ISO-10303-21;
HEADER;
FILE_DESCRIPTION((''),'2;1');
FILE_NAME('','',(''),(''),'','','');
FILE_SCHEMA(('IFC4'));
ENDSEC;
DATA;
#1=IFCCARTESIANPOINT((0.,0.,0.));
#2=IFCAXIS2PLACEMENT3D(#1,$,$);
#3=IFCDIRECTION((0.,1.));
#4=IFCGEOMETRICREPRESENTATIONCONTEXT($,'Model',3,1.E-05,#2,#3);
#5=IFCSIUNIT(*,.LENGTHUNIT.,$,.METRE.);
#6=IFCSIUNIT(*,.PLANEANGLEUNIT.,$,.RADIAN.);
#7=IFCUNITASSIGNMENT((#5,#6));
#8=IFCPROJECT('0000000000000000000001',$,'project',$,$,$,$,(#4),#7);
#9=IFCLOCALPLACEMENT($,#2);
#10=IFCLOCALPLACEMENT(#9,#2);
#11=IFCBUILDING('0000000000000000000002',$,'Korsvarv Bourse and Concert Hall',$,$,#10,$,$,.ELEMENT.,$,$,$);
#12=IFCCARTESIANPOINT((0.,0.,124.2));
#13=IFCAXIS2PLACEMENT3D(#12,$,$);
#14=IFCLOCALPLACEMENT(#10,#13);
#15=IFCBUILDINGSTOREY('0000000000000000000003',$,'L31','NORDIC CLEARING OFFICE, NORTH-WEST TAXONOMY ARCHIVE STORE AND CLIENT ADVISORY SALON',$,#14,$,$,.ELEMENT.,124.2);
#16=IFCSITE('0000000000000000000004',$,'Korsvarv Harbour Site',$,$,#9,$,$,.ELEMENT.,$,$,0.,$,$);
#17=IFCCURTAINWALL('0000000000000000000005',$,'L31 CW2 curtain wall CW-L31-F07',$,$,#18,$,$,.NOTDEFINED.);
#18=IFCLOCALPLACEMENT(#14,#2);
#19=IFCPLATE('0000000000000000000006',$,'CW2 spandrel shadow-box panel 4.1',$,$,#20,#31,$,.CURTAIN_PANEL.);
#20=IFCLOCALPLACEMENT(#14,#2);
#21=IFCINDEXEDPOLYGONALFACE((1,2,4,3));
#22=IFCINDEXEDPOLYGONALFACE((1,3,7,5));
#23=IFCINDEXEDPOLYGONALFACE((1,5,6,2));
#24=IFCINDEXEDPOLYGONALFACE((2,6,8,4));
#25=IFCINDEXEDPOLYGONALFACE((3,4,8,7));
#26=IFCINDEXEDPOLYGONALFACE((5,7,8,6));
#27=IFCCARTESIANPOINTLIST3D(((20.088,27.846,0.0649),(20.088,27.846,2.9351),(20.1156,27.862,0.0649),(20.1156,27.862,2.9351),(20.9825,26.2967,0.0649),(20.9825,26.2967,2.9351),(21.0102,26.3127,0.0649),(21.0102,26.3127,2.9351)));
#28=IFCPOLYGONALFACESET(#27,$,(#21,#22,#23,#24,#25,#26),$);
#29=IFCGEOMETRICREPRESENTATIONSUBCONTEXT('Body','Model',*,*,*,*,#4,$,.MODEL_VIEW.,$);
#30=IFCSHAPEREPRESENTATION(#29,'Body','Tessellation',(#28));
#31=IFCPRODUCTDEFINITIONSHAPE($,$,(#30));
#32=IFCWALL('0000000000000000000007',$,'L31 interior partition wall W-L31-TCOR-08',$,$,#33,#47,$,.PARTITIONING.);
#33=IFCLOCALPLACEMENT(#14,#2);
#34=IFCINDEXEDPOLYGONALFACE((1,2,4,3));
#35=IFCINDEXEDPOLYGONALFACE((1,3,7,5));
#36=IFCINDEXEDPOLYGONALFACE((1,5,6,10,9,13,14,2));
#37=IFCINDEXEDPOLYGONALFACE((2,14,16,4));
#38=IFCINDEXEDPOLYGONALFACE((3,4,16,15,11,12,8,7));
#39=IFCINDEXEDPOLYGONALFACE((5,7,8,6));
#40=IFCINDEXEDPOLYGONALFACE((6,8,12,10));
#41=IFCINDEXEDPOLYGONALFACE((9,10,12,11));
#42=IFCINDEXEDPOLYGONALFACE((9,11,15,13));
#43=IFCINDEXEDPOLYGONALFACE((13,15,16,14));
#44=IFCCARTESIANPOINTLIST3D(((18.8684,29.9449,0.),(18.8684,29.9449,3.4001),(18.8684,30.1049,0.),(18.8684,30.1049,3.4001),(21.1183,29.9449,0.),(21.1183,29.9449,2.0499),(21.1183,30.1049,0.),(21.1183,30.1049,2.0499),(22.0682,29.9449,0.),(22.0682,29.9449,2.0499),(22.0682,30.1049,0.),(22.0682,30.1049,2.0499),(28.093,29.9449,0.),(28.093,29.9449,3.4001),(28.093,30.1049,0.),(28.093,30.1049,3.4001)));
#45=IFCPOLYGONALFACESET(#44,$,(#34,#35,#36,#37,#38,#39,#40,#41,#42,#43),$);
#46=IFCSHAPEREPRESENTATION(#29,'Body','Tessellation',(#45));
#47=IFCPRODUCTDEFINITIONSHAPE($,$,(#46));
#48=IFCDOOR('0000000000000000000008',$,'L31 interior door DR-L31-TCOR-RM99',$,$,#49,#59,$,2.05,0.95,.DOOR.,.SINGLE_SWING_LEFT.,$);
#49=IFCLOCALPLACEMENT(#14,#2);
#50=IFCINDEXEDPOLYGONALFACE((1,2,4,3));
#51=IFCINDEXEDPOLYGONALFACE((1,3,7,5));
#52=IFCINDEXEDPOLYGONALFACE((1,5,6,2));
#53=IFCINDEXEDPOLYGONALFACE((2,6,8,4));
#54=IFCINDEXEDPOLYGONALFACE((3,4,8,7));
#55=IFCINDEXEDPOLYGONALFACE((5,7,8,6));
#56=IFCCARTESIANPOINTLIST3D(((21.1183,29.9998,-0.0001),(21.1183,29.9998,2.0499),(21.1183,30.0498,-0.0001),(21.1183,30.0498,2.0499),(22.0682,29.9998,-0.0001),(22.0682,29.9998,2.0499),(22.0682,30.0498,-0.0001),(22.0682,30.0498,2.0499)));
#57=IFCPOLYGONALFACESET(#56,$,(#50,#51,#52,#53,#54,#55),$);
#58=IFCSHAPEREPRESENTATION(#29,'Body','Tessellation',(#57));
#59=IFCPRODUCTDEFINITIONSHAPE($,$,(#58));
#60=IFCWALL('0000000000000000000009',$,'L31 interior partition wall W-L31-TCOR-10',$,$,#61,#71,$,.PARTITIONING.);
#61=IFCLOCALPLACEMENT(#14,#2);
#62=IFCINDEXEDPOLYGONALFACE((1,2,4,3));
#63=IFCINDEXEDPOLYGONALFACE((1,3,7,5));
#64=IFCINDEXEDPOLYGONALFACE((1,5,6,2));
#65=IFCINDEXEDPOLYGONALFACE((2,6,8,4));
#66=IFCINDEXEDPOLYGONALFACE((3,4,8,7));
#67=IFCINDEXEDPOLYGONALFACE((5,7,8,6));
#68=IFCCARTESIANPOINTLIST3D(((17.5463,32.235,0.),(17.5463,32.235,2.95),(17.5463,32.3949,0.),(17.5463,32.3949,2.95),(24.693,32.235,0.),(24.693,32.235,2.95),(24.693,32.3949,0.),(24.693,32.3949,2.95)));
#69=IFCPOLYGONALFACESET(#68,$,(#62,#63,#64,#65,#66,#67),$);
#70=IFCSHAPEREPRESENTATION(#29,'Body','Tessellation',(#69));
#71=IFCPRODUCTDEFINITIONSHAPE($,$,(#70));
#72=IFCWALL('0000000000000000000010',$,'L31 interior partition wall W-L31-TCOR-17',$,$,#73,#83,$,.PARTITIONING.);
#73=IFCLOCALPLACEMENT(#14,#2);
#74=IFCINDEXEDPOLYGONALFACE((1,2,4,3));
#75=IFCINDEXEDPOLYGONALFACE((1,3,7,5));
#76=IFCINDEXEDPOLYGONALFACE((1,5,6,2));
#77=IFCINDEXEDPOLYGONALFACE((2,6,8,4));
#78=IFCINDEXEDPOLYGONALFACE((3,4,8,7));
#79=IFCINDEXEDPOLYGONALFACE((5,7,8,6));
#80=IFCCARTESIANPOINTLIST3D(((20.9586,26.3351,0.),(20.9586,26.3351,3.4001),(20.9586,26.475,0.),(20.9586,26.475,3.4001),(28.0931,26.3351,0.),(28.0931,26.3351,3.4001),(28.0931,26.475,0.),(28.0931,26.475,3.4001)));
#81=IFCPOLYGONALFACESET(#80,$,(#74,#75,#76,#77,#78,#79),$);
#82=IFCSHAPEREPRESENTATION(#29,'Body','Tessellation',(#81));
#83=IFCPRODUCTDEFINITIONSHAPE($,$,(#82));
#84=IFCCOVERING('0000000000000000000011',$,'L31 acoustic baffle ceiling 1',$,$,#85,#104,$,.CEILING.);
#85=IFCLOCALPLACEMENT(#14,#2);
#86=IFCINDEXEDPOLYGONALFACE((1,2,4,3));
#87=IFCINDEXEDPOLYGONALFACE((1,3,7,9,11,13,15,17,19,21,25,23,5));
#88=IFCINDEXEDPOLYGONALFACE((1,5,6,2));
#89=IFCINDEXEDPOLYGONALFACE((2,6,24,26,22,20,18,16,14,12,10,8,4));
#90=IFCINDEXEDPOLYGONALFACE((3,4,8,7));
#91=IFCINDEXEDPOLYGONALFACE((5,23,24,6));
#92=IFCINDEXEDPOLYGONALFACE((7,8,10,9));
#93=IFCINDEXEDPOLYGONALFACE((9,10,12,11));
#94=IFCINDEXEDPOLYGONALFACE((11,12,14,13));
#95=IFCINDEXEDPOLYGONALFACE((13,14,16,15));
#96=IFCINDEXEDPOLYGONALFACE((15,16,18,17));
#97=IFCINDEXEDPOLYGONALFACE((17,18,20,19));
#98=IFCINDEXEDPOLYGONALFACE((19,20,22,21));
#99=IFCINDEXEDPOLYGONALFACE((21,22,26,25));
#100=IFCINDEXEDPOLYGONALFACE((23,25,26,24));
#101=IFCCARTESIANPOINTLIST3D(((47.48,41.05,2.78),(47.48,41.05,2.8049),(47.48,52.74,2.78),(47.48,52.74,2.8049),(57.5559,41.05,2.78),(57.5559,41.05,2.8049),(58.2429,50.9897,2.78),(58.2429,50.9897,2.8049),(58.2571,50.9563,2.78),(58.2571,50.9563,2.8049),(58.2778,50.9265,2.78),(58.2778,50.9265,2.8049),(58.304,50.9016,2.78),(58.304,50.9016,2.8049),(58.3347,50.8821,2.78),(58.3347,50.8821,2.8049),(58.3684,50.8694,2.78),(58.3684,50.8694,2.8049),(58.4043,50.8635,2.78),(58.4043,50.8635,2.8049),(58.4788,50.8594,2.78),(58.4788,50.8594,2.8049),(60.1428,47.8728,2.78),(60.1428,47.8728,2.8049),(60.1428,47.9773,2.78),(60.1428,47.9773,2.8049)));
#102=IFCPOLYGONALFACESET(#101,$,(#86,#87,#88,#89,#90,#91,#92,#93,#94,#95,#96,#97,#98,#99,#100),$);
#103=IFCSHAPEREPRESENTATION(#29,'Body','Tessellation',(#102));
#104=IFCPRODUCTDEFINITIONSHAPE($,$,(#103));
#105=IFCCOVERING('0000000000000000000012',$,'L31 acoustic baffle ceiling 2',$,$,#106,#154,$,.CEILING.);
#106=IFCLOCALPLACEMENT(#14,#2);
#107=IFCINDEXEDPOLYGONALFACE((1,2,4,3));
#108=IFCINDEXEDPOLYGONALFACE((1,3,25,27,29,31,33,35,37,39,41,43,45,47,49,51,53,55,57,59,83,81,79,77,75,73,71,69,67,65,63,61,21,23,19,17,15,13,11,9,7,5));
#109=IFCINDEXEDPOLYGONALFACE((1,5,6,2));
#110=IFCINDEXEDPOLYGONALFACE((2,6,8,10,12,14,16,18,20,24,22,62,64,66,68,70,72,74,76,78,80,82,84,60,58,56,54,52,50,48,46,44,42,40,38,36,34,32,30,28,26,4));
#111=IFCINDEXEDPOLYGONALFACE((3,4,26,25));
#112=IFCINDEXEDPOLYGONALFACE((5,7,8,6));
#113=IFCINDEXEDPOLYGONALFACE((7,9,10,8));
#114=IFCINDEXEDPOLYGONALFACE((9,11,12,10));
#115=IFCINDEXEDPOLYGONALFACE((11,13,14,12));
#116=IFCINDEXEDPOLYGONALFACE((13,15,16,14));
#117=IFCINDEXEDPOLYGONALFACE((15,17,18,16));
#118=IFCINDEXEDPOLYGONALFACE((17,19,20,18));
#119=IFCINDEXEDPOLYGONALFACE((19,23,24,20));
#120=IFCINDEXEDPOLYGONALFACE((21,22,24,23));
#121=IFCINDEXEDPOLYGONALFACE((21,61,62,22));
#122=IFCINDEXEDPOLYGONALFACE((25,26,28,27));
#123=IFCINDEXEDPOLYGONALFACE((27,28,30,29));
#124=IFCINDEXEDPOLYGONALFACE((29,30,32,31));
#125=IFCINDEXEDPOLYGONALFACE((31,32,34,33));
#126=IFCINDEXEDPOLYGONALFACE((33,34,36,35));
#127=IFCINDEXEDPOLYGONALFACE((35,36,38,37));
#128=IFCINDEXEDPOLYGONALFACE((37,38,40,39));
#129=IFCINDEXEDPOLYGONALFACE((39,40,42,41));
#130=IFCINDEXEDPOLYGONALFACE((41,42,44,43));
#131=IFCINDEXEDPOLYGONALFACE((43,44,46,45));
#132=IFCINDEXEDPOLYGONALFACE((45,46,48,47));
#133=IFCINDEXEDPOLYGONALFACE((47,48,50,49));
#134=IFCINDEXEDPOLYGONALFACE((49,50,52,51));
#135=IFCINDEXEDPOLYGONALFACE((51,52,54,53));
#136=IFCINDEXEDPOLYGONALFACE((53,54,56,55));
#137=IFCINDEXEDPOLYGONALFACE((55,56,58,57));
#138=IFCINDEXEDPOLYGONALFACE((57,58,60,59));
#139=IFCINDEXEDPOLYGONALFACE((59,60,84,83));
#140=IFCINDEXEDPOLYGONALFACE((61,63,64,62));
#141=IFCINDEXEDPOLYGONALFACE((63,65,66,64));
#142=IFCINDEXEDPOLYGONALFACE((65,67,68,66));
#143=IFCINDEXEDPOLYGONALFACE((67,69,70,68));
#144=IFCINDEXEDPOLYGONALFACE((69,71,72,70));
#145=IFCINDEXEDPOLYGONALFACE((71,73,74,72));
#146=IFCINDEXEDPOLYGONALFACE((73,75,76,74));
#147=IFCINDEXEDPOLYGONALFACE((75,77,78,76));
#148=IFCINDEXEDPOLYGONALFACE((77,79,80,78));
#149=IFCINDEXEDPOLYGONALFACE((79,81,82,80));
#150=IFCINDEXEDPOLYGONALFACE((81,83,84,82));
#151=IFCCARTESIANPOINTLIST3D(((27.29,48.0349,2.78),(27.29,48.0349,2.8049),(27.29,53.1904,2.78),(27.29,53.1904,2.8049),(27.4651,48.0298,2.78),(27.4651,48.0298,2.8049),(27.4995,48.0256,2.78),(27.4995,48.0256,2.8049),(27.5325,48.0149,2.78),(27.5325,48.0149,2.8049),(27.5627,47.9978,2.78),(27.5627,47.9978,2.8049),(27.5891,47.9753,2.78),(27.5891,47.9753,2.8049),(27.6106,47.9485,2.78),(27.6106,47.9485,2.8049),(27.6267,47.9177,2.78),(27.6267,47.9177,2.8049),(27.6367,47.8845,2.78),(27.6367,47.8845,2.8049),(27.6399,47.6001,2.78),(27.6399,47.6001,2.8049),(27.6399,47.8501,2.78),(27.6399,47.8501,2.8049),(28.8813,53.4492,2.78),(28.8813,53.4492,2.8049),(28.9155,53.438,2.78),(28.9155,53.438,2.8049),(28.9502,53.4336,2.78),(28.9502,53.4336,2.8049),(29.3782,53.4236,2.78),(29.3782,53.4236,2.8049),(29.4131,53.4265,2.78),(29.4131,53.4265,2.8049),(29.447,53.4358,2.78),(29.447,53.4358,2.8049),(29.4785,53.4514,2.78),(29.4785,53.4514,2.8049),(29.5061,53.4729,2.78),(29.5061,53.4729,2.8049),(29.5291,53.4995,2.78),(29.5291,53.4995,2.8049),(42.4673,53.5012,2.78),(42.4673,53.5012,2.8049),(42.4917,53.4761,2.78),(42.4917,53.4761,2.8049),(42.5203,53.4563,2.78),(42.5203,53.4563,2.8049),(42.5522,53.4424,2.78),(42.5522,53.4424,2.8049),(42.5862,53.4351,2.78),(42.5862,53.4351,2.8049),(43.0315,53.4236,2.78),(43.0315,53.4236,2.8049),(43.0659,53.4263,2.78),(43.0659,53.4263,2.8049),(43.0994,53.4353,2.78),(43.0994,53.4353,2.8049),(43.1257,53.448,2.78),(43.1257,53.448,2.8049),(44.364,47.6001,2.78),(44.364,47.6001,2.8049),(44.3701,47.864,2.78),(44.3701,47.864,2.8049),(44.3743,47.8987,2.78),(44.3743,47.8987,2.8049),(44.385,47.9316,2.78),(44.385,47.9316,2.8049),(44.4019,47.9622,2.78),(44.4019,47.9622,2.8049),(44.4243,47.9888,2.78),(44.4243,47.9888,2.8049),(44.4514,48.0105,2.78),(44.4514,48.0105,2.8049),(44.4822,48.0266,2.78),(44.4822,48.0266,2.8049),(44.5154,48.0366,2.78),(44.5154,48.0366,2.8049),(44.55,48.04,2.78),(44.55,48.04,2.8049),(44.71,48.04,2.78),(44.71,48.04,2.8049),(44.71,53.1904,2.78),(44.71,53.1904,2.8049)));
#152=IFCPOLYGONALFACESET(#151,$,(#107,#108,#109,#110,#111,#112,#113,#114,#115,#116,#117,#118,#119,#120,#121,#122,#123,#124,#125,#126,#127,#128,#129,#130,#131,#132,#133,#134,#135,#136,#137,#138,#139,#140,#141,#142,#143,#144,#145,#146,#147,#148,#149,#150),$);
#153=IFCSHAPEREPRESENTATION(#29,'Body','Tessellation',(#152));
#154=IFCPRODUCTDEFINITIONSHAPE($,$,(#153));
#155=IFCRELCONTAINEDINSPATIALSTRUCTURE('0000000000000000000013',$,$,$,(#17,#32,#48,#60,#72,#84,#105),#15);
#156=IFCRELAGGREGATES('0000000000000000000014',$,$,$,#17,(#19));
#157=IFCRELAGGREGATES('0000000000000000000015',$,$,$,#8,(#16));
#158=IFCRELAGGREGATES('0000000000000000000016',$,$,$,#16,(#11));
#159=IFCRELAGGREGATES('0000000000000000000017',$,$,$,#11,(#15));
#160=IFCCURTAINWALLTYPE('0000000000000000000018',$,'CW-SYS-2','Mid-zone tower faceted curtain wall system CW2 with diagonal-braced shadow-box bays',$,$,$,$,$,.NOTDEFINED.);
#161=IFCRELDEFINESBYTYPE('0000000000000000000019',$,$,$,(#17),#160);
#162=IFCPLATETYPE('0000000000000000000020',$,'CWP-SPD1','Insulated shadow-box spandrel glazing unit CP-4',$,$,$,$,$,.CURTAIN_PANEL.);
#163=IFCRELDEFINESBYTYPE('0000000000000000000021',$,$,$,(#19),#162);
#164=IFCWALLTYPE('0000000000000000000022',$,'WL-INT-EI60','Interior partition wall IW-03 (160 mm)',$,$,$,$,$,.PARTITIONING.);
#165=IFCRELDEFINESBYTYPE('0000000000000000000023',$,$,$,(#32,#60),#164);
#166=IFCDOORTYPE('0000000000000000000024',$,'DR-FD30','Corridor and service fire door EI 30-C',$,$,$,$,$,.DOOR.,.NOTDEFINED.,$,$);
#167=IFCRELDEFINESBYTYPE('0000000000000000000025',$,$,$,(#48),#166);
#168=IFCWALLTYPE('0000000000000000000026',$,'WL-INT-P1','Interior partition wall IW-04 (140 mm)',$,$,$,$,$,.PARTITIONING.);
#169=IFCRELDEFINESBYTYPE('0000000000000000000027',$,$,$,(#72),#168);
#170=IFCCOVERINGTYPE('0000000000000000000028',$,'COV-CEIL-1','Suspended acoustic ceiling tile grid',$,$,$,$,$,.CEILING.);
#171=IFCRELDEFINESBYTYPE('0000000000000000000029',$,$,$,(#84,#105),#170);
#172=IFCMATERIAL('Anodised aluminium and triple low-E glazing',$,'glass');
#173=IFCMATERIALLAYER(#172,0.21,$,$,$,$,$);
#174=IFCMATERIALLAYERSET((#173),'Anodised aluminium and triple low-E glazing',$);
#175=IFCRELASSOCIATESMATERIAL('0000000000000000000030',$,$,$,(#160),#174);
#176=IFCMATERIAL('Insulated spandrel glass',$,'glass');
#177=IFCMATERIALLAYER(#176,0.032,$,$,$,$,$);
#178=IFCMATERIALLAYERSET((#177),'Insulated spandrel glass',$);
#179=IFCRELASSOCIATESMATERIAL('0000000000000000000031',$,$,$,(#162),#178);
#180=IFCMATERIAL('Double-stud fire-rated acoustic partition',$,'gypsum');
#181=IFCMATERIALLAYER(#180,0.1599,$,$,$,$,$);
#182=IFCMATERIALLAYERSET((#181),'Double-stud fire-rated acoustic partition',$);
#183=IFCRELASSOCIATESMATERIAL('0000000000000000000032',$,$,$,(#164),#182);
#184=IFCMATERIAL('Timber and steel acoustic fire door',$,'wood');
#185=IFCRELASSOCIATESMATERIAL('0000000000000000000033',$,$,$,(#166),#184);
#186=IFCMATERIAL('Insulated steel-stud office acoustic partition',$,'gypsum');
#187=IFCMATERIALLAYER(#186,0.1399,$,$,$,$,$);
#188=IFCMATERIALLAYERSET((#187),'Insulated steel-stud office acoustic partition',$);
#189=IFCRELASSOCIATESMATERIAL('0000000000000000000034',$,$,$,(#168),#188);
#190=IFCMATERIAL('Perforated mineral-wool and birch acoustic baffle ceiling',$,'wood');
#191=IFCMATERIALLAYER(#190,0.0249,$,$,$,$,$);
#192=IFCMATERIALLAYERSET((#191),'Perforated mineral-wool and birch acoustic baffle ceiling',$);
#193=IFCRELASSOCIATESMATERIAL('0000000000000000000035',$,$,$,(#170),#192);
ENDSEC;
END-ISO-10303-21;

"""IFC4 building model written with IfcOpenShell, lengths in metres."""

from ifc_helpers import new_model, si_unit, direction, frame, frame_2d, origin, origin_2d, place, context, subcontext, project, spatial, polyline, rectangle, outline, extrude, source, transform, mapped, material, layer, layer_set, type_object, element, fill, aggregate, save


model = new_model("IFC4")

# Units and contexts
model_context = context("Model", 3, precision=1e-05, world=origin(), true_north=direction((0.0, 1.0)))
body_context = subcontext(model_context, "Body", "Model", "MODEL_VIEW")
ifc_project = project(units=[si_unit("LENGTHUNIT", "METRE"), si_unit("PLANEANGLEUNIT", "RADIAN")], contexts=[model_context])

# Site, building, storey
site_placement = place(None, origin())
site = spatial("IfcSite", under=ifc_project, at=site_placement, Name="Korsvarv Harbour Site", CompositionType="ELEMENT", RefElevation=0.0)
building_placement = place(site_placement, origin())
building = spatial("IfcBuilding", under=site, at=building_placement, Name="Korsvarv Bourse and Concert Hall", CompositionType="ELEMENT")
storey_placement = place(building_placement, frame((0.0, 0.0, 124.2)))
storey = spatial("IfcBuildingStorey", under=building, at=storey_placement, Name="L31", Description="NORDIC CLEARING OFFICE, NORTH-WEST TAXONOMY ARCHIVE STORE AND CLIENT ADVISORY SALON", CompositionType="ELEMENT", Elevation=124.2)

# Curtain wall
ifc_material_1 = material(Name="Anodised aluminium and triple low-E glazing", Category="glass")
ifc_layer_1 = layer(ifc_material_1, 0.21)
ifc_layer_set_1 = layer_set([ifc_layer_1], Name="Anodised aluminium and triple low-E glazing")
curtain_wall_type = type_object("IfcCurtainWallType", Name="CW-SYS-2", Description="Mid-zone tower faceted curtain wall system CW2 with diagonal-braced shadow-box bays", PredefinedType="NOTDEFINED", material=ifc_layer_set_1)
curtain_wall_placement = place(storey_placement, origin())
curtain_wall = element("IfcCurtainWall", 1, at=curtain_wall_placement, inside=storey, type_object=curtain_wall_type, Name="L31 CW2 curtain wall CW-L31-F07", PredefinedType="NOTDEFINED")

# Plate
ifc_material_2 = material(Name="Insulated spandrel glass", Category="glass")
ifc_layer_2 = layer(ifc_material_2, 0.032)
ifc_layer_set_2 = layer_set([ifc_layer_2], Name="Insulated spandrel glass")
plate_type_1 = type_object("IfcPlateType", Name="CWP-SPD1", Description="Insulated shadow-box spandrel glazing unit CP-4", PredefinedType="CURTAIN_PANEL", material=ifc_layer_set_2)
shared_shape_1 = source(origin(), body_context, "Body", "SweptSolid", [
    extrude(rectangle(XDim=1.7891, YDim=0.032, at=origin_2d()), origin(), (0.0, 0.0, 1.0), 2.8701),
])
plate_1_placement = place(storey_placement, frame((20.5491, 27.0793, 0.0649), z_axis=(0.0, 0.0, 1.0), x_axis=(0.500007, -0.866021, 0.0)))
plate_1 = element("IfcPlate", 2, at=plate_1_placement, type_object=plate_type_1, Name="CW2 spandrel shadow-box panel 4.1", PredefinedType="CURTAIN_PANEL", context=body_context, shape_type="MappedRepresentation", body=[
    mapped(shared_shape_1, transform((0.0, 0.0, 0.0), scale=1.0)),
])
aggregate(curtain_wall, [plate_1])

# Wall, opening, door
ifc_material_3 = material(Name="Double-stud fire-rated acoustic partition", Category="gypsum")
ifc_layer_3 = layer(ifc_material_3, 0.1599)
ifc_layer_set_3 = layer_set([ifc_layer_3], Name="Double-stud fire-rated acoustic partition")
wall_type_1 = type_object("IfcWallType", Name="WL-INT-EI60", Description="Interior partition wall IW-03 (160 mm)", PredefinedType="PARTITIONING", material=ifc_layer_set_3)
wall_1_placement = place(storey_placement, frame((18.8684, 30.0249, 0.0), z_axis=(0.0, 0.0, 1.0), x_axis=(1.0, 0.0, 0.0)))
wall_1 = element("IfcWall", 3, at=wall_1_placement, inside=storey, type_object=wall_type_1, Name="L31 interior partition wall W-L31-TCOR-08", PredefinedType="PARTITIONING", context=body_context, shape_type="SweptSolid", body=[
    extrude(rectangle(XDim=9.2246, YDim=0.1599, at=frame_2d((4.6123, 0.0))), origin(), (0.0, 0.0, 1.0), 3.4001),
])
opening_placement = place(wall_1_placement, frame((2.2498, 0.0, 0.0)))
opening = element("IfcOpeningElement", 4, at=opening_placement, cuts=wall_1, PredefinedType="OPENING", context=body_context, shape_type="SweptSolid", body=[
    extrude(rectangle(XDim=0.95, YDim=2.05, at=frame_2d((0.4751, 1.0249))), frame((0.0, 0.0898, 0.0), z_axis=(0.0, -1.0, 0.0), x_axis=(1.0, 0.0, 0.0)), (0.0, 0.0, 1.0), 0.1799),
])
ifc_material_4 = material(Name="Timber and steel acoustic fire door", Category="wood")
door_type = type_object("IfcDoorType", Name="DR-FD30", Description="Corridor and service fire door EI 30-C", OperationType="NOTDEFINED", PredefinedType="DOOR", material=ifc_material_4)
door_placement = place(opening_placement, origin())
door = element("IfcDoor", 5, at=door_placement, inside=storey, type_object=door_type, Name="L31 interior door DR-L31-TCOR-RM99", OperationType="SINGLE_SWING_LEFT", OverallHeight=2.05, OverallWidth=0.95, PredefinedType="DOOR", context=body_context, shape_type="SweptSolid", body=[
    extrude(rectangle(XDim=0.95, YDim=2.05, at=frame_2d((0.4751, 1.0249))), frame((0.0, 0.0249, 0.0), z_axis=(0.0, -1.0, 0.0), x_axis=(1.0, 0.0, 0.0)), (0.0, 0.0, 1.0), 0.05),
])
fill(opening, door)

# Walls
wall_2_placement = place(storey_placement, frame((17.5464, 32.3149, 0.0), z_axis=(0.0, 0.0, 1.0), x_axis=(1.0, 0.0, 0.0)))
element("IfcWall", 6, at=wall_2_placement, inside=storey, type_object=wall_type_1, Name="L31 interior partition wall W-L31-TCOR-10", PredefinedType="PARTITIONING", context=body_context, shape_type="SweptSolid", body=[
    extrude(rectangle(XDim=7.1467, YDim=0.1599, at=frame_2d((3.5732, 0.0))), origin(), (0.0, 0.0, 1.0), 2.95),
])
ifc_material_5 = material(Name="Insulated steel-stud office acoustic partition", Category="gypsum")
ifc_layer_4 = layer(ifc_material_5, 0.1399)
ifc_layer_set_4 = layer_set([ifc_layer_4], Name="Insulated steel-stud office acoustic partition")
wall_type_2 = type_object("IfcWallType", Name="WL-INT-P1", Description="Interior partition wall IW-04 (140 mm)", PredefinedType="PARTITIONING", material=ifc_layer_set_4)
wall_3_placement = place(storey_placement, frame((20.9585, 26.405, 0.0), z_axis=(0.0, 0.0, 1.0), x_axis=(1.0, 0.0, 0.0)))
element("IfcWall", 7, at=wall_3_placement, inside=storey, type_object=wall_type_2, Name="L31 interior partition wall W-L31-TCOR-17", PredefinedType="PARTITIONING", context=body_context, shape_type="SweptSolid", body=[
    extrude(rectangle(XDim=7.1345, YDim=0.1399, at=frame_2d((3.5674, 0.0))), origin(), (0.0, 0.0, 1.0), 3.4001),
])

# Coverings
ifc_material_6 = material(Name="Perforated mineral-wool and birch acoustic baffle ceiling", Category="wood")
ifc_layer_5 = layer(ifc_material_6, 0.0249)
ifc_layer_set_5 = layer_set([ifc_layer_5], Name="Perforated mineral-wool and birch acoustic baffle ceiling")
covering_type_1 = type_object("IfcCoveringType", Name="COV-CEIL-1", Description="Suspended acoustic ceiling tile grid", PredefinedType="CEILING", material=ifc_layer_set_5)
covering_1_placement = place(storey_placement, frame((0.0, 0.0, 2.78)))
element("IfcCovering", 8, at=covering_1_placement, inside=storey, type_object=covering_type_1, Name="L31 acoustic baffle ceiling 1", PredefinedType="CEILING", context=body_context, shape_type="SweptSolid", body=[
    extrude(outline(polyline([(58.2429, 50.9897), (58.2571, 50.9563), (58.2778, 50.9265), (58.304, 50.9016), (58.3347, 50.8821), (58.3684, 50.8694), (58.4043, 50.8635), (58.4788, 50.8594), (60.1428, 47.9773), (60.1428, 47.8728), (57.5559, 41.05), (47.48, 41.05), (47.48, 52.74), (58.2429, 50.9897)])), origin(), (0.0, 0.0, 1.0), 0.0249),
])
covering_2_placement = place(storey_placement, frame((0.0, 0.0, 2.78)))
element("IfcCovering", 9, at=covering_2_placement, inside=storey, type_object=covering_type_1, Name="L31 acoustic baffle ceiling 2", PredefinedType="CEILING", context=body_context, shape_type="SweptSolid", body=[
    extrude(outline(polyline([(28.8813, 53.4492), (28.9155, 53.438), (28.9502, 53.4336), (29.3782, 53.4236), (29.4131, 53.4265), (29.447, 53.4358), (29.4785, 53.4514), (29.5061, 53.4729), (29.5291, 53.4995), (42.4673, 53.5012), (42.4917, 53.4761), (42.5203, 53.4563), (42.5522, 53.4424), (42.5862, 53.4351), (43.0315, 53.4236), (43.0659, 53.4263), (43.0994, 53.4353), (43.1257, 53.448), (44.71, 53.1904), (44.71, 48.04), (44.55, 48.04), (44.5154, 48.0366), (44.4822, 48.0266), (44.4514, 48.0105), (44.4243, 47.9888), (44.4019, 47.9622), (44.385, 47.9316), (44.3743, 47.8987), (44.3701, 47.864), (44.364, 47.6001), (27.6399, 47.6001), (27.6399, 47.8501), (27.6367, 47.8845), (27.6267, 47.9177), (27.6106, 47.9485), (27.5891, 47.9753), (27.5627, 47.9978), (27.5325, 48.0149), (27.4995, 48.0256), (27.4651, 48.0298), (27.29, 48.0349), (27.29, 53.1904), (28.8813, 53.4492)])), origin(), (0.0, 0.0, 1.0), 0.0249),
])

save(model, "model.ifc")
